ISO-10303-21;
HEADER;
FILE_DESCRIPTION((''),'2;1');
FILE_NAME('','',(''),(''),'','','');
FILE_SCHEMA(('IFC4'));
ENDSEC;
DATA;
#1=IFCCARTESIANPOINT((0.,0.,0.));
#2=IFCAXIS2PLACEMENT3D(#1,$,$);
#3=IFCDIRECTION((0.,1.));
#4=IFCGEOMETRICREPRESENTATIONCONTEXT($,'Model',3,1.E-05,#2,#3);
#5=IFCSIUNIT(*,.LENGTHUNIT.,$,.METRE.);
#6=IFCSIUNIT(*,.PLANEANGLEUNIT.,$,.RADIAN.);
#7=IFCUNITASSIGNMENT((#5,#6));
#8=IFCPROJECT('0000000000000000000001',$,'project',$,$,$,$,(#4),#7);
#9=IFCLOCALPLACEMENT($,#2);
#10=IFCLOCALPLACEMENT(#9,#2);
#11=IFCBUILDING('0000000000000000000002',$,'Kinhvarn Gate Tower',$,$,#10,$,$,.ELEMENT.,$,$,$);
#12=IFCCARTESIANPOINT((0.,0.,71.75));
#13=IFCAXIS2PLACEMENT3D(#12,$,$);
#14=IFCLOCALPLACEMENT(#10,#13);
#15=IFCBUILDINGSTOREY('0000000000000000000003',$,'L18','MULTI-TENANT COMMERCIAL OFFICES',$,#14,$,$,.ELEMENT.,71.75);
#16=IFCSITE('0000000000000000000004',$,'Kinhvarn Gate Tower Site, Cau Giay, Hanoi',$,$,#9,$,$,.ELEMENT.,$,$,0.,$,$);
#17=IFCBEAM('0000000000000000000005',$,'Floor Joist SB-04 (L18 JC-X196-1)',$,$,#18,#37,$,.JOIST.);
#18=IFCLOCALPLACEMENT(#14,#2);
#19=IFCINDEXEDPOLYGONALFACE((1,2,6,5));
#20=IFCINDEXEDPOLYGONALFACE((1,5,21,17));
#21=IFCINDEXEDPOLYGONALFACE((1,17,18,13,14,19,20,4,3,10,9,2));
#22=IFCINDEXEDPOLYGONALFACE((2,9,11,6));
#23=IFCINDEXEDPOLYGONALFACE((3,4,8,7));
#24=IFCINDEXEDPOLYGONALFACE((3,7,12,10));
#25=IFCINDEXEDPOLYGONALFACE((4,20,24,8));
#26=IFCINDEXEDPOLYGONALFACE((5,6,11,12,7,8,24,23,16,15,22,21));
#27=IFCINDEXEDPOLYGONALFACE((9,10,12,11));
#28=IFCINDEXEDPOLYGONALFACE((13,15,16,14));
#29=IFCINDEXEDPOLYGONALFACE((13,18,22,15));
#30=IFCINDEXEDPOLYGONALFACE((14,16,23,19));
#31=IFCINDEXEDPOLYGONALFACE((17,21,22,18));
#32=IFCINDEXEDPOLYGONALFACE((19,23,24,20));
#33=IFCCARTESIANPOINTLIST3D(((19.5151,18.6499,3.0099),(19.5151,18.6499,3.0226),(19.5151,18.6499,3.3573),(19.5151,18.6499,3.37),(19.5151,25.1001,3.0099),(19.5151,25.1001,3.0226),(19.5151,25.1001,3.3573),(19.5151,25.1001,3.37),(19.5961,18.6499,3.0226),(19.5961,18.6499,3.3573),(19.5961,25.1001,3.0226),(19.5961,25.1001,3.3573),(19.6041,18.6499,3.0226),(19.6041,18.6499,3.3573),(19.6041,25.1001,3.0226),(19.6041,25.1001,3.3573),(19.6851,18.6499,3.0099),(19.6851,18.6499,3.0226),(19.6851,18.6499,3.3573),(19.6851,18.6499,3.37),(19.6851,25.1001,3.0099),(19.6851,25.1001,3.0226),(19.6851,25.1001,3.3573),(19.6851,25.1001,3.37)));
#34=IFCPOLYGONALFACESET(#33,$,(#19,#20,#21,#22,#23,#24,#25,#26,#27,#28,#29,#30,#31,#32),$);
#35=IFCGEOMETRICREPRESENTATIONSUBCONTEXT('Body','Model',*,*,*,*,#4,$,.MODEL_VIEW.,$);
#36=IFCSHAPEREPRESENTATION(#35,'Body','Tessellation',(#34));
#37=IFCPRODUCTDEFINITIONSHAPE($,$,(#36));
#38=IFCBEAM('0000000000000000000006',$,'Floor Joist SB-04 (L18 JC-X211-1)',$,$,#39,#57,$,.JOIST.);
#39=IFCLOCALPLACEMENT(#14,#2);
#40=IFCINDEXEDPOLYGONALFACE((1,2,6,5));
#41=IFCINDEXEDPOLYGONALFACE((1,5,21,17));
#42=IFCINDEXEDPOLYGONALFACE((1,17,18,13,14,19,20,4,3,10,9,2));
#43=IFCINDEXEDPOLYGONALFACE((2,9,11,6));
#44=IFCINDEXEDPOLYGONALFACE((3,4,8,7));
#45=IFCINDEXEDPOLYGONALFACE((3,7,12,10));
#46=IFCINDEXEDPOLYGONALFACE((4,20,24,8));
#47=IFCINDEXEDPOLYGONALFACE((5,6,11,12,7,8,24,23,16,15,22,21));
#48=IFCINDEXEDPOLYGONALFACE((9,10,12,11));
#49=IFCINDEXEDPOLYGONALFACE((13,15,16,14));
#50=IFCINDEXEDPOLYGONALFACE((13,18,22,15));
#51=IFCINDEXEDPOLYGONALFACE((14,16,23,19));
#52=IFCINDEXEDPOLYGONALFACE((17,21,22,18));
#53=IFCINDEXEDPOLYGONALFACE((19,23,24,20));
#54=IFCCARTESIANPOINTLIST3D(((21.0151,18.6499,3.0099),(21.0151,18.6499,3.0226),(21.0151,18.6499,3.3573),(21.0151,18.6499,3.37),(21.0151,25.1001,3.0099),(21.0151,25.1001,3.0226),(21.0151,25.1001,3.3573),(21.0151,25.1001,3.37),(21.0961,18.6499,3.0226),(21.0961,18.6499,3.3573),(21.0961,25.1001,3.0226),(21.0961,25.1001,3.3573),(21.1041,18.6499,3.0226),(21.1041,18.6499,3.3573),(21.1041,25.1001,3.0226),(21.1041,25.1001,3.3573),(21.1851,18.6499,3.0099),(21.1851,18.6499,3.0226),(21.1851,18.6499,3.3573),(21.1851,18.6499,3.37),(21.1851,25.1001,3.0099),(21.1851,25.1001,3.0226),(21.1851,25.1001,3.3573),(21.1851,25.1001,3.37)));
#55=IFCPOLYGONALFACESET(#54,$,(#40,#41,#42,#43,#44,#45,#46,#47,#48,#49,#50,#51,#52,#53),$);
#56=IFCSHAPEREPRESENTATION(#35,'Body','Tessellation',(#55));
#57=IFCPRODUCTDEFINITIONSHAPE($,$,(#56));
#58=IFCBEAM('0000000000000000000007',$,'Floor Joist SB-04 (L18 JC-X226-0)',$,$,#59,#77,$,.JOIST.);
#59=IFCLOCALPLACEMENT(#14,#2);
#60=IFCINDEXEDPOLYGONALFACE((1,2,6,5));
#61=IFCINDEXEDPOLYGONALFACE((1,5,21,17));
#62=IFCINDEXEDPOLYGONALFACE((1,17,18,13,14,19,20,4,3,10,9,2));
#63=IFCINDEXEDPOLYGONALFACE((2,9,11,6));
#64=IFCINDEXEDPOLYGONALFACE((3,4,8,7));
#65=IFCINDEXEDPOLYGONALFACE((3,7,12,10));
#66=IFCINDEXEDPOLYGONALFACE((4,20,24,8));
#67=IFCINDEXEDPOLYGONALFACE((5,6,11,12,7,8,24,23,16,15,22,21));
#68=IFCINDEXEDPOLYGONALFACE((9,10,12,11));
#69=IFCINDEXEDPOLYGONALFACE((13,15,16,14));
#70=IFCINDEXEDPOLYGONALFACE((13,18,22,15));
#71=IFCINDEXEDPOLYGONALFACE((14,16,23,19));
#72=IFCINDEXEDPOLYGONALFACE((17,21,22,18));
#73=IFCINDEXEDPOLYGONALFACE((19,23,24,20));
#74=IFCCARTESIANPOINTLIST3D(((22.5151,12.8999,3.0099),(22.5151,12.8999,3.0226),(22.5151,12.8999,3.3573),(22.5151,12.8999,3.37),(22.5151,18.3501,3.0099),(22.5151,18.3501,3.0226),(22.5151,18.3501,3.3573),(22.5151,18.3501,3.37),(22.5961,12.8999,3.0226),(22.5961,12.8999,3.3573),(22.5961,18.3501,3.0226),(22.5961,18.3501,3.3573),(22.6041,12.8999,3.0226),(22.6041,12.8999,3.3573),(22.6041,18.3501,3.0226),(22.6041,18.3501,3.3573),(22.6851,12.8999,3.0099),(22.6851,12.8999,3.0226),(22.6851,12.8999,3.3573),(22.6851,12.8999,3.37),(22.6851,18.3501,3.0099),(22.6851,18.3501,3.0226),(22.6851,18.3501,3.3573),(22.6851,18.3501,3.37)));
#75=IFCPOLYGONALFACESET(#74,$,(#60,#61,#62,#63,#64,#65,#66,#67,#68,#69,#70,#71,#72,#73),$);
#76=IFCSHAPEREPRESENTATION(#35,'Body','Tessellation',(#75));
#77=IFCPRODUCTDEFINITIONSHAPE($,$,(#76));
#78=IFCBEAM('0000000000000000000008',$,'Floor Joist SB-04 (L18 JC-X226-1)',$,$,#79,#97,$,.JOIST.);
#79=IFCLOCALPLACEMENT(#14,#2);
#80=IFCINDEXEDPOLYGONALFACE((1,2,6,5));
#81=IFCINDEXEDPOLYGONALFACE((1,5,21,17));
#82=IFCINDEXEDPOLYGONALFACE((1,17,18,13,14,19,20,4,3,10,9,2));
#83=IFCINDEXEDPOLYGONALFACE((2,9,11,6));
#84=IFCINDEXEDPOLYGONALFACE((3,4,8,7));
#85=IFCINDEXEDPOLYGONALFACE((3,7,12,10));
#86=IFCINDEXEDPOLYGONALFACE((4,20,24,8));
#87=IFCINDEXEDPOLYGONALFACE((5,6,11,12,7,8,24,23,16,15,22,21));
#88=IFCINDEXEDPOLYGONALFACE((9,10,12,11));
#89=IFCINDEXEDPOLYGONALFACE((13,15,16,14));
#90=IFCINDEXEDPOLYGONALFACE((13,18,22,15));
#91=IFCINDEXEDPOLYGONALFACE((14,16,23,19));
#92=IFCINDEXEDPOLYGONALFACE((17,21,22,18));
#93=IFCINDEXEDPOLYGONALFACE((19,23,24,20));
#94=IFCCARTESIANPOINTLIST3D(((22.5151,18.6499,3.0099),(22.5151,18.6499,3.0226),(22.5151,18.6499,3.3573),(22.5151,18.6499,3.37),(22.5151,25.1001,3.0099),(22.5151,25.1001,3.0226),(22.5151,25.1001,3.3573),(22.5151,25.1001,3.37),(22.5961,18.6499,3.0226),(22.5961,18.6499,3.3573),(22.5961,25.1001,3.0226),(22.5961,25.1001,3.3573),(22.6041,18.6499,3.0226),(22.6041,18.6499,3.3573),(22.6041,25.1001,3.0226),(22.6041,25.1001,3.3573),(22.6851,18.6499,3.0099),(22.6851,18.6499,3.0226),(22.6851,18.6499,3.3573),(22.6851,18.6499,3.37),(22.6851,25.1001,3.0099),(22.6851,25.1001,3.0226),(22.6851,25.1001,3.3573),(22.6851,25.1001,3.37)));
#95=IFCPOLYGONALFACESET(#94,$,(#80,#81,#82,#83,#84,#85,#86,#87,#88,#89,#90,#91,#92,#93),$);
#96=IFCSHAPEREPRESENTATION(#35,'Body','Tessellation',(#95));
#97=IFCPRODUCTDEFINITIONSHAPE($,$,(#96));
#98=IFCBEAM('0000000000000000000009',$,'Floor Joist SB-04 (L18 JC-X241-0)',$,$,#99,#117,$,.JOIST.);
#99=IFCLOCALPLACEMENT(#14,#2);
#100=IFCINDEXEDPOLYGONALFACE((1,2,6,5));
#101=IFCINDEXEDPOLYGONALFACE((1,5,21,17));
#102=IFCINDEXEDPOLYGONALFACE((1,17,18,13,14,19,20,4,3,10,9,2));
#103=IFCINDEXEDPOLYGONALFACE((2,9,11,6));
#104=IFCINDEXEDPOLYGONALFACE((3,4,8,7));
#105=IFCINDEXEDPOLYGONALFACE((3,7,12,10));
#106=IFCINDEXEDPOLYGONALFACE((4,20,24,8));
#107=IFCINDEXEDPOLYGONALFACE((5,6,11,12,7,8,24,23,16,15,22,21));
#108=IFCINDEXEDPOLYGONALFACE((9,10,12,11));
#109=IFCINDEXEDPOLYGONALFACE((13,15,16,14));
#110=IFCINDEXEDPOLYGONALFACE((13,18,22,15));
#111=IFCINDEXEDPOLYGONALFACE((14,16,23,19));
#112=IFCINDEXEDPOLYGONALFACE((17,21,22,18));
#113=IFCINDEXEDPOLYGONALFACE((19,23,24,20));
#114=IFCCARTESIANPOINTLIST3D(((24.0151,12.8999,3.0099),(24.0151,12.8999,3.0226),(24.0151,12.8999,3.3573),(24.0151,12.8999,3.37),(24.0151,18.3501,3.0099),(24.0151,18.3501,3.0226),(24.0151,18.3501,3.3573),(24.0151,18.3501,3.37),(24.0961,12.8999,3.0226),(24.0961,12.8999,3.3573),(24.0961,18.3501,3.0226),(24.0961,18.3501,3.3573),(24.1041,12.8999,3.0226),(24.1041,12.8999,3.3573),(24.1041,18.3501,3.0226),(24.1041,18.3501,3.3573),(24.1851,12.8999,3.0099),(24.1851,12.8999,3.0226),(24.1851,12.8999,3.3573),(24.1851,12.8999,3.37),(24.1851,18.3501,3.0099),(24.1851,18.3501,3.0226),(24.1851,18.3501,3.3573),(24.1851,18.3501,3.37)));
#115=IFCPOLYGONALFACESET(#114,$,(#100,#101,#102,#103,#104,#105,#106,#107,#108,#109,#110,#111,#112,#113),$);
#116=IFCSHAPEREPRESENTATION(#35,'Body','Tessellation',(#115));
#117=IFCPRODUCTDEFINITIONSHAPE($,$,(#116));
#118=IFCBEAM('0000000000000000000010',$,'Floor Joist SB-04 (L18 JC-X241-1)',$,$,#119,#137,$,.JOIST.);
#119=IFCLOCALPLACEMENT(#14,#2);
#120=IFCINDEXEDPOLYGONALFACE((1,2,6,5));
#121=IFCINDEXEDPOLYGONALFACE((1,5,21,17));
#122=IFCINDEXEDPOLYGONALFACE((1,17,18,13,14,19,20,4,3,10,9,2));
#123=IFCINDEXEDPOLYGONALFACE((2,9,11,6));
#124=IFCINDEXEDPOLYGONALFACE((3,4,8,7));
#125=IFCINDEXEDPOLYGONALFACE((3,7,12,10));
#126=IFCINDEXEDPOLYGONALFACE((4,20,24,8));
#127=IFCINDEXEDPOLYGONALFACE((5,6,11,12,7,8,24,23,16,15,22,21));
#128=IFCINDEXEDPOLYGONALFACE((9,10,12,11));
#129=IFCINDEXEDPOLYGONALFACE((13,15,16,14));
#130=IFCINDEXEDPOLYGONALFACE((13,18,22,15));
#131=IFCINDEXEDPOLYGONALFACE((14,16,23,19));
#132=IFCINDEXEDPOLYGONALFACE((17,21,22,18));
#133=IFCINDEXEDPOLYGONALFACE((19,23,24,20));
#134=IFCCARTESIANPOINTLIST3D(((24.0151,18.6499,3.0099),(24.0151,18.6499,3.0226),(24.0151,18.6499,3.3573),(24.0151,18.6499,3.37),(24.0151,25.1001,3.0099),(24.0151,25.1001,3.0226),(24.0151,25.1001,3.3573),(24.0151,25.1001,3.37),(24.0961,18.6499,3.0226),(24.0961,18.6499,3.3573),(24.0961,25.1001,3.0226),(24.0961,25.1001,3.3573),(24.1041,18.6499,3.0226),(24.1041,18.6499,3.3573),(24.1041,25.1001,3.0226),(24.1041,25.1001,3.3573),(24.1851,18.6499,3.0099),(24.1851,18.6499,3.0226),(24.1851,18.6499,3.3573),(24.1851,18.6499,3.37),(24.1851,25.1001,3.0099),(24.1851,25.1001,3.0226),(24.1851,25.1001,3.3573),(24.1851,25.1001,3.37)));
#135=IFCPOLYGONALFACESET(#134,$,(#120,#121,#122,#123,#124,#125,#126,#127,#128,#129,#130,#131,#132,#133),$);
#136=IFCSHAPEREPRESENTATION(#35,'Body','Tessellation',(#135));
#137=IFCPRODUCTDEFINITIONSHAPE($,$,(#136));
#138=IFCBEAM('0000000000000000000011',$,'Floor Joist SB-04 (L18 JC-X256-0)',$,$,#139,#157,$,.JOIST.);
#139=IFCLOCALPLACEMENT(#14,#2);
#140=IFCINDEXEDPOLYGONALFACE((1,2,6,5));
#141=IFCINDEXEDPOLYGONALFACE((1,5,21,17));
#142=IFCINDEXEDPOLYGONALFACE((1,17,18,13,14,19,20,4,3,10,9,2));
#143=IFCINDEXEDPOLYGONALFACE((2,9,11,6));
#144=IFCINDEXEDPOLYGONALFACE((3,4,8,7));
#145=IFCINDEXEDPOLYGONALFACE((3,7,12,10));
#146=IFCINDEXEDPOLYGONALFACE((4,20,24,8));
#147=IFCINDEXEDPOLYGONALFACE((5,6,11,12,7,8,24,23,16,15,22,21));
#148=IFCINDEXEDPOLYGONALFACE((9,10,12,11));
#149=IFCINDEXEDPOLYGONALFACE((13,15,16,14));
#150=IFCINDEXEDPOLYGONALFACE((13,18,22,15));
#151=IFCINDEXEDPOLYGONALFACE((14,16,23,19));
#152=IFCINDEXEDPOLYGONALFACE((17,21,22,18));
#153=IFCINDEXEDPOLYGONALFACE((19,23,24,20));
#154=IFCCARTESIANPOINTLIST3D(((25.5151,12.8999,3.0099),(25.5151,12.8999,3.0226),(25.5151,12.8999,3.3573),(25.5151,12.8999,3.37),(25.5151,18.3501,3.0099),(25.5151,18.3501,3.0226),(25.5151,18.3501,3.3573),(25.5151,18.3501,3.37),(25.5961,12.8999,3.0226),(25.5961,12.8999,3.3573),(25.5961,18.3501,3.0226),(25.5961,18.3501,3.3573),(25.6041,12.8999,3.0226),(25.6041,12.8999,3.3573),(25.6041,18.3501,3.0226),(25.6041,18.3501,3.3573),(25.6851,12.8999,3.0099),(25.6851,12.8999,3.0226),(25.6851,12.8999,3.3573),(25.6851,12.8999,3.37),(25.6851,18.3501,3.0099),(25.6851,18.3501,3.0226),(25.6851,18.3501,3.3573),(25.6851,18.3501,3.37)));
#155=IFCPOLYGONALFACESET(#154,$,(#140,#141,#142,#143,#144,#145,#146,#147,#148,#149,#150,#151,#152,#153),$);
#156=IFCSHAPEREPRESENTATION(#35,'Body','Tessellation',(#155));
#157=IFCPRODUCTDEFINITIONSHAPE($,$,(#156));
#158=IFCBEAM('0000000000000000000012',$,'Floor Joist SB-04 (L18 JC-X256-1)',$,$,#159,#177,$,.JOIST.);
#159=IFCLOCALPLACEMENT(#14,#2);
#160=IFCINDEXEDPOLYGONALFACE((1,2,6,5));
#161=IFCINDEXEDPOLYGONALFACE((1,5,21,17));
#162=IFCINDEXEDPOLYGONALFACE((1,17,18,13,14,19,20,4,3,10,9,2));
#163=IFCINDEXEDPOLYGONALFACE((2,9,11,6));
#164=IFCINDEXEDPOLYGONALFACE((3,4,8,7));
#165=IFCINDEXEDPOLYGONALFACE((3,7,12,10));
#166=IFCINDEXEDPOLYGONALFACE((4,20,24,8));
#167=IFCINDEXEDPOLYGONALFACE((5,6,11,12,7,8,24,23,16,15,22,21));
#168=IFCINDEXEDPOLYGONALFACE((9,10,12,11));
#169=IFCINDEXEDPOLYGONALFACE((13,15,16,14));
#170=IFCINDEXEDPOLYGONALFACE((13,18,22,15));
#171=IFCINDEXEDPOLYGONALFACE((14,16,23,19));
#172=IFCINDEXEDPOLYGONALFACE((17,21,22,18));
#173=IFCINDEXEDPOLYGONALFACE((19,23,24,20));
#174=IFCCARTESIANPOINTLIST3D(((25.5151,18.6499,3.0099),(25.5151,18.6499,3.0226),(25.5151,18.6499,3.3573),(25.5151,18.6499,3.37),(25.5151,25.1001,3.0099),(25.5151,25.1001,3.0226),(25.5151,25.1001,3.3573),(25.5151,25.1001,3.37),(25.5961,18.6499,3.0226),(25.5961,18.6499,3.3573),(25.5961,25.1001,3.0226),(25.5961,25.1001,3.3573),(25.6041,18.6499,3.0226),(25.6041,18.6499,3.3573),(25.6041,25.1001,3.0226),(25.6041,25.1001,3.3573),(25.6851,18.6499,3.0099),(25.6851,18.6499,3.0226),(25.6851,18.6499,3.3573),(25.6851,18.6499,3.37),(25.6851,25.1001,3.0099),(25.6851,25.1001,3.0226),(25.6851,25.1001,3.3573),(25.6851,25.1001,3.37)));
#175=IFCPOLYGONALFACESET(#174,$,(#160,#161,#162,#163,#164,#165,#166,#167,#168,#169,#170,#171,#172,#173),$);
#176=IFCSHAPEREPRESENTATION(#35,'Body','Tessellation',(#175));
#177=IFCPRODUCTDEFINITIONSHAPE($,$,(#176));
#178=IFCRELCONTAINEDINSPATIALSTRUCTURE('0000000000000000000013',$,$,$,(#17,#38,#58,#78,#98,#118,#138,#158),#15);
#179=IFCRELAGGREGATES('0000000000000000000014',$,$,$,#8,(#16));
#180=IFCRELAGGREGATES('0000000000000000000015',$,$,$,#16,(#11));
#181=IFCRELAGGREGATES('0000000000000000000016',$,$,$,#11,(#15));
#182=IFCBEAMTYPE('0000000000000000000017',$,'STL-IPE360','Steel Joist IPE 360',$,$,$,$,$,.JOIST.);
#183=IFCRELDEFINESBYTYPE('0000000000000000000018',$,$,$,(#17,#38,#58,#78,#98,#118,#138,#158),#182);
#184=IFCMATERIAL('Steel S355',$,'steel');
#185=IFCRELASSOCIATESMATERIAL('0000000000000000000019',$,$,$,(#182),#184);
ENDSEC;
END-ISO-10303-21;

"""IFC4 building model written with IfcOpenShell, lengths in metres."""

from ifc_helpers import new_model, si_unit, direction, frame, origin, origin_2d, place, context, subcontext, project, spatial, i_section, extrude, material, material_profile, profile_set, type_object, element, save


model = new_model("IFC4")

# Units and contexts
model_context = context("Model", 3, precision=1e-05, world=origin(), true_north=direction((0.0, 1.0)))
body_context = subcontext(model_context, "Body", "Model", "MODEL_VIEW")
ifc_project = project(units=[si_unit("LENGTHUNIT", "METRE"), si_unit("PLANEANGLEUNIT", "RADIAN")], contexts=[model_context])

# Site, building, storey
site_placement = place(None, origin())
site = spatial("IfcSite", under=ifc_project, at=site_placement, Name="Kinhvarn Gate Tower Site, Cau Giay, Hanoi", CompositionType="ELEMENT", RefElevation=0.0)
building_placement = place(site_placement, origin())
building = spatial("IfcBuilding", under=site, at=building_placement, Name="Kinhvarn Gate Tower", CompositionType="ELEMENT")
storey_placement = place(building_placement, frame((0.0, 0.0, 71.75)))
storey = spatial("IfcBuildingStorey", under=building, at=storey_placement, Name="L18", Description="MULTI-TENANT COMMERCIAL OFFICES", CompositionType="ELEMENT", Elevation=71.75)

# Beams
ifc_material_1 = material(Name="Steel S355", Category="steel")
ifc_material_profile = material_profile(ifc_material_1, i_section(OverallWidth=0.1699, OverallDepth=0.3601, WebThickness=0.0081, FlangeThickness=0.0127, at=origin_2d()), Name="IPE 360")
ifc_profile_set = profile_set([ifc_material_profile], Name="Steel S355")
beam_type = type_object("IfcBeamType", Name="STL-IPE360", Description="Steel Joist IPE 360", PredefinedType="JOIST", material=ifc_profile_set)
for number, where, z_axis, x_axis, name in (
    (1, (19.6001, 18.6499, 3.1899), (0.0, 1.0, 0.0), (-1.0, 0.0, 0.0), "Floor Joist SB-04 (L18 JC-X196-1)"),
    (2, (21.1001, 18.6499, 3.1899), (0.0, 1.0, 0.0), (-1.0, 0.0, 0.0), "Floor Joist SB-04 (L18 JC-X211-1)"),
):
    element("IfcBeam", number, at=place(storey_placement, frame(where, z_axis=z_axis, x_axis=x_axis)), inside=storey, type_object=beam_type, Name=name, PredefinedType="JOIST", context=body_context, shape_type="SweptSolid", body=[
        extrude(i_section(OverallWidth=0.1699, OverallDepth=0.3601, WebThickness=0.0081, FlangeThickness=0.0127, at=origin_2d()), origin(), (0.0, 0.0, 1.0), 6.4502),
    ])
beam_1_placement = place(storey_placement, frame((22.6001, 12.8999, 3.1899), z_axis=(0.0, 1.0, 0.0), x_axis=(-1.0, 0.0, 0.0)))
element("IfcBeam", 3, at=beam_1_placement, inside=storey, type_object=beam_type, Name="Floor Joist SB-04 (L18 JC-X226-0)", PredefinedType="JOIST", context=body_context, shape_type="SweptSolid", body=[
    extrude(i_section(OverallWidth=0.1699, OverallDepth=0.3601, WebThickness=0.0081, FlangeThickness=0.0127, at=origin_2d()), origin(), (0.0, 0.0, 1.0), 5.4502),
])
beam_2_placement = place(storey_placement, frame((22.6001, 18.6499, 3.1899), z_axis=(0.0, 1.0, 0.0), x_axis=(-1.0, 0.0, 0.0)))
element("IfcBeam", 4, at=beam_2_placement, inside=storey, type_object=beam_type, Name="Floor Joist SB-04 (L18 JC-X226-1)", PredefinedType="JOIST", context=body_context, shape_type="SweptSolid", body=[
    extrude(i_section(OverallWidth=0.1699, OverallDepth=0.3601, WebThickness=0.0081, FlangeThickness=0.0127, at=origin_2d()), origin(), (0.0, 0.0, 1.0), 6.4502),
])
beam_3_placement = place(storey_placement, frame((24.1001, 12.8999, 3.1899), z_axis=(0.0, 1.0, 0.0), x_axis=(-1.0, 0.0, 0.0)))
element("IfcBeam", 5, at=beam_3_placement, inside=storey, type_object=beam_type, Name="Floor Joist SB-04 (L18 JC-X241-0)", PredefinedType="JOIST", context=body_context, shape_type="SweptSolid", body=[
    extrude(i_section(OverallWidth=0.1699, OverallDepth=0.3601, WebThickness=0.0081, FlangeThickness=0.0127, at=origin_2d()), origin(), (0.0, 0.0, 1.0), 5.4502),
])
beam_4_placement = place(storey_placement, frame((24.1001, 18.6499, 3.1899), z_axis=(0.0, 1.0, 0.0), x_axis=(-1.0, 0.0, 0.0)))
element("IfcBeam", 6, at=beam_4_placement, inside=storey, type_object=beam_type, Name="Floor Joist SB-04 (L18 JC-X241-1)", PredefinedType="JOIST", context=body_context, shape_type="SweptSolid", body=[
    extrude(i_section(OverallWidth=0.1699, OverallDepth=0.3601, WebThickness=0.0081, FlangeThickness=0.0127, at=origin_2d()), origin(), (0.0, 0.0, 1.0), 6.4502),
])
beam_5_placement = place(storey_placement, frame((25.6001, 12.8999, 3.1899), z_axis=(0.0, 1.0, 0.0), x_axis=(-1.0, 0.0, 0.0)))
element("IfcBeam", 7, at=beam_5_placement, inside=storey, type_object=beam_type, Name="Floor Joist SB-04 (L18 JC-X256-0)", PredefinedType="JOIST", context=body_context, shape_type="SweptSolid", body=[
    extrude(i_section(OverallWidth=0.1699, OverallDepth=0.3601, WebThickness=0.0081, FlangeThickness=0.0127, at=origin_2d()), origin(), (0.0, 0.0, 1.0), 5.4502),
])
beam_6_placement = place(storey_placement, frame((25.6001, 18.6499, 3.1899), z_axis=(0.0, 1.0, 0.0), x_axis=(-1.0, 0.0, 0.0)))
element("IfcBeam", 8, at=beam_6_placement, inside=storey, type_object=beam_type, Name="Floor Joist SB-04 (L18 JC-X256-1)", PredefinedType="JOIST", context=body_context, shape_type="SweptSolid", body=[
    extrude(i_section(OverallWidth=0.1699, OverallDepth=0.3601, WebThickness=0.0081, FlangeThickness=0.0127, at=origin_2d()), origin(), (0.0, 0.0, 1.0), 6.4502),
])

save(model, "model.ifc")
